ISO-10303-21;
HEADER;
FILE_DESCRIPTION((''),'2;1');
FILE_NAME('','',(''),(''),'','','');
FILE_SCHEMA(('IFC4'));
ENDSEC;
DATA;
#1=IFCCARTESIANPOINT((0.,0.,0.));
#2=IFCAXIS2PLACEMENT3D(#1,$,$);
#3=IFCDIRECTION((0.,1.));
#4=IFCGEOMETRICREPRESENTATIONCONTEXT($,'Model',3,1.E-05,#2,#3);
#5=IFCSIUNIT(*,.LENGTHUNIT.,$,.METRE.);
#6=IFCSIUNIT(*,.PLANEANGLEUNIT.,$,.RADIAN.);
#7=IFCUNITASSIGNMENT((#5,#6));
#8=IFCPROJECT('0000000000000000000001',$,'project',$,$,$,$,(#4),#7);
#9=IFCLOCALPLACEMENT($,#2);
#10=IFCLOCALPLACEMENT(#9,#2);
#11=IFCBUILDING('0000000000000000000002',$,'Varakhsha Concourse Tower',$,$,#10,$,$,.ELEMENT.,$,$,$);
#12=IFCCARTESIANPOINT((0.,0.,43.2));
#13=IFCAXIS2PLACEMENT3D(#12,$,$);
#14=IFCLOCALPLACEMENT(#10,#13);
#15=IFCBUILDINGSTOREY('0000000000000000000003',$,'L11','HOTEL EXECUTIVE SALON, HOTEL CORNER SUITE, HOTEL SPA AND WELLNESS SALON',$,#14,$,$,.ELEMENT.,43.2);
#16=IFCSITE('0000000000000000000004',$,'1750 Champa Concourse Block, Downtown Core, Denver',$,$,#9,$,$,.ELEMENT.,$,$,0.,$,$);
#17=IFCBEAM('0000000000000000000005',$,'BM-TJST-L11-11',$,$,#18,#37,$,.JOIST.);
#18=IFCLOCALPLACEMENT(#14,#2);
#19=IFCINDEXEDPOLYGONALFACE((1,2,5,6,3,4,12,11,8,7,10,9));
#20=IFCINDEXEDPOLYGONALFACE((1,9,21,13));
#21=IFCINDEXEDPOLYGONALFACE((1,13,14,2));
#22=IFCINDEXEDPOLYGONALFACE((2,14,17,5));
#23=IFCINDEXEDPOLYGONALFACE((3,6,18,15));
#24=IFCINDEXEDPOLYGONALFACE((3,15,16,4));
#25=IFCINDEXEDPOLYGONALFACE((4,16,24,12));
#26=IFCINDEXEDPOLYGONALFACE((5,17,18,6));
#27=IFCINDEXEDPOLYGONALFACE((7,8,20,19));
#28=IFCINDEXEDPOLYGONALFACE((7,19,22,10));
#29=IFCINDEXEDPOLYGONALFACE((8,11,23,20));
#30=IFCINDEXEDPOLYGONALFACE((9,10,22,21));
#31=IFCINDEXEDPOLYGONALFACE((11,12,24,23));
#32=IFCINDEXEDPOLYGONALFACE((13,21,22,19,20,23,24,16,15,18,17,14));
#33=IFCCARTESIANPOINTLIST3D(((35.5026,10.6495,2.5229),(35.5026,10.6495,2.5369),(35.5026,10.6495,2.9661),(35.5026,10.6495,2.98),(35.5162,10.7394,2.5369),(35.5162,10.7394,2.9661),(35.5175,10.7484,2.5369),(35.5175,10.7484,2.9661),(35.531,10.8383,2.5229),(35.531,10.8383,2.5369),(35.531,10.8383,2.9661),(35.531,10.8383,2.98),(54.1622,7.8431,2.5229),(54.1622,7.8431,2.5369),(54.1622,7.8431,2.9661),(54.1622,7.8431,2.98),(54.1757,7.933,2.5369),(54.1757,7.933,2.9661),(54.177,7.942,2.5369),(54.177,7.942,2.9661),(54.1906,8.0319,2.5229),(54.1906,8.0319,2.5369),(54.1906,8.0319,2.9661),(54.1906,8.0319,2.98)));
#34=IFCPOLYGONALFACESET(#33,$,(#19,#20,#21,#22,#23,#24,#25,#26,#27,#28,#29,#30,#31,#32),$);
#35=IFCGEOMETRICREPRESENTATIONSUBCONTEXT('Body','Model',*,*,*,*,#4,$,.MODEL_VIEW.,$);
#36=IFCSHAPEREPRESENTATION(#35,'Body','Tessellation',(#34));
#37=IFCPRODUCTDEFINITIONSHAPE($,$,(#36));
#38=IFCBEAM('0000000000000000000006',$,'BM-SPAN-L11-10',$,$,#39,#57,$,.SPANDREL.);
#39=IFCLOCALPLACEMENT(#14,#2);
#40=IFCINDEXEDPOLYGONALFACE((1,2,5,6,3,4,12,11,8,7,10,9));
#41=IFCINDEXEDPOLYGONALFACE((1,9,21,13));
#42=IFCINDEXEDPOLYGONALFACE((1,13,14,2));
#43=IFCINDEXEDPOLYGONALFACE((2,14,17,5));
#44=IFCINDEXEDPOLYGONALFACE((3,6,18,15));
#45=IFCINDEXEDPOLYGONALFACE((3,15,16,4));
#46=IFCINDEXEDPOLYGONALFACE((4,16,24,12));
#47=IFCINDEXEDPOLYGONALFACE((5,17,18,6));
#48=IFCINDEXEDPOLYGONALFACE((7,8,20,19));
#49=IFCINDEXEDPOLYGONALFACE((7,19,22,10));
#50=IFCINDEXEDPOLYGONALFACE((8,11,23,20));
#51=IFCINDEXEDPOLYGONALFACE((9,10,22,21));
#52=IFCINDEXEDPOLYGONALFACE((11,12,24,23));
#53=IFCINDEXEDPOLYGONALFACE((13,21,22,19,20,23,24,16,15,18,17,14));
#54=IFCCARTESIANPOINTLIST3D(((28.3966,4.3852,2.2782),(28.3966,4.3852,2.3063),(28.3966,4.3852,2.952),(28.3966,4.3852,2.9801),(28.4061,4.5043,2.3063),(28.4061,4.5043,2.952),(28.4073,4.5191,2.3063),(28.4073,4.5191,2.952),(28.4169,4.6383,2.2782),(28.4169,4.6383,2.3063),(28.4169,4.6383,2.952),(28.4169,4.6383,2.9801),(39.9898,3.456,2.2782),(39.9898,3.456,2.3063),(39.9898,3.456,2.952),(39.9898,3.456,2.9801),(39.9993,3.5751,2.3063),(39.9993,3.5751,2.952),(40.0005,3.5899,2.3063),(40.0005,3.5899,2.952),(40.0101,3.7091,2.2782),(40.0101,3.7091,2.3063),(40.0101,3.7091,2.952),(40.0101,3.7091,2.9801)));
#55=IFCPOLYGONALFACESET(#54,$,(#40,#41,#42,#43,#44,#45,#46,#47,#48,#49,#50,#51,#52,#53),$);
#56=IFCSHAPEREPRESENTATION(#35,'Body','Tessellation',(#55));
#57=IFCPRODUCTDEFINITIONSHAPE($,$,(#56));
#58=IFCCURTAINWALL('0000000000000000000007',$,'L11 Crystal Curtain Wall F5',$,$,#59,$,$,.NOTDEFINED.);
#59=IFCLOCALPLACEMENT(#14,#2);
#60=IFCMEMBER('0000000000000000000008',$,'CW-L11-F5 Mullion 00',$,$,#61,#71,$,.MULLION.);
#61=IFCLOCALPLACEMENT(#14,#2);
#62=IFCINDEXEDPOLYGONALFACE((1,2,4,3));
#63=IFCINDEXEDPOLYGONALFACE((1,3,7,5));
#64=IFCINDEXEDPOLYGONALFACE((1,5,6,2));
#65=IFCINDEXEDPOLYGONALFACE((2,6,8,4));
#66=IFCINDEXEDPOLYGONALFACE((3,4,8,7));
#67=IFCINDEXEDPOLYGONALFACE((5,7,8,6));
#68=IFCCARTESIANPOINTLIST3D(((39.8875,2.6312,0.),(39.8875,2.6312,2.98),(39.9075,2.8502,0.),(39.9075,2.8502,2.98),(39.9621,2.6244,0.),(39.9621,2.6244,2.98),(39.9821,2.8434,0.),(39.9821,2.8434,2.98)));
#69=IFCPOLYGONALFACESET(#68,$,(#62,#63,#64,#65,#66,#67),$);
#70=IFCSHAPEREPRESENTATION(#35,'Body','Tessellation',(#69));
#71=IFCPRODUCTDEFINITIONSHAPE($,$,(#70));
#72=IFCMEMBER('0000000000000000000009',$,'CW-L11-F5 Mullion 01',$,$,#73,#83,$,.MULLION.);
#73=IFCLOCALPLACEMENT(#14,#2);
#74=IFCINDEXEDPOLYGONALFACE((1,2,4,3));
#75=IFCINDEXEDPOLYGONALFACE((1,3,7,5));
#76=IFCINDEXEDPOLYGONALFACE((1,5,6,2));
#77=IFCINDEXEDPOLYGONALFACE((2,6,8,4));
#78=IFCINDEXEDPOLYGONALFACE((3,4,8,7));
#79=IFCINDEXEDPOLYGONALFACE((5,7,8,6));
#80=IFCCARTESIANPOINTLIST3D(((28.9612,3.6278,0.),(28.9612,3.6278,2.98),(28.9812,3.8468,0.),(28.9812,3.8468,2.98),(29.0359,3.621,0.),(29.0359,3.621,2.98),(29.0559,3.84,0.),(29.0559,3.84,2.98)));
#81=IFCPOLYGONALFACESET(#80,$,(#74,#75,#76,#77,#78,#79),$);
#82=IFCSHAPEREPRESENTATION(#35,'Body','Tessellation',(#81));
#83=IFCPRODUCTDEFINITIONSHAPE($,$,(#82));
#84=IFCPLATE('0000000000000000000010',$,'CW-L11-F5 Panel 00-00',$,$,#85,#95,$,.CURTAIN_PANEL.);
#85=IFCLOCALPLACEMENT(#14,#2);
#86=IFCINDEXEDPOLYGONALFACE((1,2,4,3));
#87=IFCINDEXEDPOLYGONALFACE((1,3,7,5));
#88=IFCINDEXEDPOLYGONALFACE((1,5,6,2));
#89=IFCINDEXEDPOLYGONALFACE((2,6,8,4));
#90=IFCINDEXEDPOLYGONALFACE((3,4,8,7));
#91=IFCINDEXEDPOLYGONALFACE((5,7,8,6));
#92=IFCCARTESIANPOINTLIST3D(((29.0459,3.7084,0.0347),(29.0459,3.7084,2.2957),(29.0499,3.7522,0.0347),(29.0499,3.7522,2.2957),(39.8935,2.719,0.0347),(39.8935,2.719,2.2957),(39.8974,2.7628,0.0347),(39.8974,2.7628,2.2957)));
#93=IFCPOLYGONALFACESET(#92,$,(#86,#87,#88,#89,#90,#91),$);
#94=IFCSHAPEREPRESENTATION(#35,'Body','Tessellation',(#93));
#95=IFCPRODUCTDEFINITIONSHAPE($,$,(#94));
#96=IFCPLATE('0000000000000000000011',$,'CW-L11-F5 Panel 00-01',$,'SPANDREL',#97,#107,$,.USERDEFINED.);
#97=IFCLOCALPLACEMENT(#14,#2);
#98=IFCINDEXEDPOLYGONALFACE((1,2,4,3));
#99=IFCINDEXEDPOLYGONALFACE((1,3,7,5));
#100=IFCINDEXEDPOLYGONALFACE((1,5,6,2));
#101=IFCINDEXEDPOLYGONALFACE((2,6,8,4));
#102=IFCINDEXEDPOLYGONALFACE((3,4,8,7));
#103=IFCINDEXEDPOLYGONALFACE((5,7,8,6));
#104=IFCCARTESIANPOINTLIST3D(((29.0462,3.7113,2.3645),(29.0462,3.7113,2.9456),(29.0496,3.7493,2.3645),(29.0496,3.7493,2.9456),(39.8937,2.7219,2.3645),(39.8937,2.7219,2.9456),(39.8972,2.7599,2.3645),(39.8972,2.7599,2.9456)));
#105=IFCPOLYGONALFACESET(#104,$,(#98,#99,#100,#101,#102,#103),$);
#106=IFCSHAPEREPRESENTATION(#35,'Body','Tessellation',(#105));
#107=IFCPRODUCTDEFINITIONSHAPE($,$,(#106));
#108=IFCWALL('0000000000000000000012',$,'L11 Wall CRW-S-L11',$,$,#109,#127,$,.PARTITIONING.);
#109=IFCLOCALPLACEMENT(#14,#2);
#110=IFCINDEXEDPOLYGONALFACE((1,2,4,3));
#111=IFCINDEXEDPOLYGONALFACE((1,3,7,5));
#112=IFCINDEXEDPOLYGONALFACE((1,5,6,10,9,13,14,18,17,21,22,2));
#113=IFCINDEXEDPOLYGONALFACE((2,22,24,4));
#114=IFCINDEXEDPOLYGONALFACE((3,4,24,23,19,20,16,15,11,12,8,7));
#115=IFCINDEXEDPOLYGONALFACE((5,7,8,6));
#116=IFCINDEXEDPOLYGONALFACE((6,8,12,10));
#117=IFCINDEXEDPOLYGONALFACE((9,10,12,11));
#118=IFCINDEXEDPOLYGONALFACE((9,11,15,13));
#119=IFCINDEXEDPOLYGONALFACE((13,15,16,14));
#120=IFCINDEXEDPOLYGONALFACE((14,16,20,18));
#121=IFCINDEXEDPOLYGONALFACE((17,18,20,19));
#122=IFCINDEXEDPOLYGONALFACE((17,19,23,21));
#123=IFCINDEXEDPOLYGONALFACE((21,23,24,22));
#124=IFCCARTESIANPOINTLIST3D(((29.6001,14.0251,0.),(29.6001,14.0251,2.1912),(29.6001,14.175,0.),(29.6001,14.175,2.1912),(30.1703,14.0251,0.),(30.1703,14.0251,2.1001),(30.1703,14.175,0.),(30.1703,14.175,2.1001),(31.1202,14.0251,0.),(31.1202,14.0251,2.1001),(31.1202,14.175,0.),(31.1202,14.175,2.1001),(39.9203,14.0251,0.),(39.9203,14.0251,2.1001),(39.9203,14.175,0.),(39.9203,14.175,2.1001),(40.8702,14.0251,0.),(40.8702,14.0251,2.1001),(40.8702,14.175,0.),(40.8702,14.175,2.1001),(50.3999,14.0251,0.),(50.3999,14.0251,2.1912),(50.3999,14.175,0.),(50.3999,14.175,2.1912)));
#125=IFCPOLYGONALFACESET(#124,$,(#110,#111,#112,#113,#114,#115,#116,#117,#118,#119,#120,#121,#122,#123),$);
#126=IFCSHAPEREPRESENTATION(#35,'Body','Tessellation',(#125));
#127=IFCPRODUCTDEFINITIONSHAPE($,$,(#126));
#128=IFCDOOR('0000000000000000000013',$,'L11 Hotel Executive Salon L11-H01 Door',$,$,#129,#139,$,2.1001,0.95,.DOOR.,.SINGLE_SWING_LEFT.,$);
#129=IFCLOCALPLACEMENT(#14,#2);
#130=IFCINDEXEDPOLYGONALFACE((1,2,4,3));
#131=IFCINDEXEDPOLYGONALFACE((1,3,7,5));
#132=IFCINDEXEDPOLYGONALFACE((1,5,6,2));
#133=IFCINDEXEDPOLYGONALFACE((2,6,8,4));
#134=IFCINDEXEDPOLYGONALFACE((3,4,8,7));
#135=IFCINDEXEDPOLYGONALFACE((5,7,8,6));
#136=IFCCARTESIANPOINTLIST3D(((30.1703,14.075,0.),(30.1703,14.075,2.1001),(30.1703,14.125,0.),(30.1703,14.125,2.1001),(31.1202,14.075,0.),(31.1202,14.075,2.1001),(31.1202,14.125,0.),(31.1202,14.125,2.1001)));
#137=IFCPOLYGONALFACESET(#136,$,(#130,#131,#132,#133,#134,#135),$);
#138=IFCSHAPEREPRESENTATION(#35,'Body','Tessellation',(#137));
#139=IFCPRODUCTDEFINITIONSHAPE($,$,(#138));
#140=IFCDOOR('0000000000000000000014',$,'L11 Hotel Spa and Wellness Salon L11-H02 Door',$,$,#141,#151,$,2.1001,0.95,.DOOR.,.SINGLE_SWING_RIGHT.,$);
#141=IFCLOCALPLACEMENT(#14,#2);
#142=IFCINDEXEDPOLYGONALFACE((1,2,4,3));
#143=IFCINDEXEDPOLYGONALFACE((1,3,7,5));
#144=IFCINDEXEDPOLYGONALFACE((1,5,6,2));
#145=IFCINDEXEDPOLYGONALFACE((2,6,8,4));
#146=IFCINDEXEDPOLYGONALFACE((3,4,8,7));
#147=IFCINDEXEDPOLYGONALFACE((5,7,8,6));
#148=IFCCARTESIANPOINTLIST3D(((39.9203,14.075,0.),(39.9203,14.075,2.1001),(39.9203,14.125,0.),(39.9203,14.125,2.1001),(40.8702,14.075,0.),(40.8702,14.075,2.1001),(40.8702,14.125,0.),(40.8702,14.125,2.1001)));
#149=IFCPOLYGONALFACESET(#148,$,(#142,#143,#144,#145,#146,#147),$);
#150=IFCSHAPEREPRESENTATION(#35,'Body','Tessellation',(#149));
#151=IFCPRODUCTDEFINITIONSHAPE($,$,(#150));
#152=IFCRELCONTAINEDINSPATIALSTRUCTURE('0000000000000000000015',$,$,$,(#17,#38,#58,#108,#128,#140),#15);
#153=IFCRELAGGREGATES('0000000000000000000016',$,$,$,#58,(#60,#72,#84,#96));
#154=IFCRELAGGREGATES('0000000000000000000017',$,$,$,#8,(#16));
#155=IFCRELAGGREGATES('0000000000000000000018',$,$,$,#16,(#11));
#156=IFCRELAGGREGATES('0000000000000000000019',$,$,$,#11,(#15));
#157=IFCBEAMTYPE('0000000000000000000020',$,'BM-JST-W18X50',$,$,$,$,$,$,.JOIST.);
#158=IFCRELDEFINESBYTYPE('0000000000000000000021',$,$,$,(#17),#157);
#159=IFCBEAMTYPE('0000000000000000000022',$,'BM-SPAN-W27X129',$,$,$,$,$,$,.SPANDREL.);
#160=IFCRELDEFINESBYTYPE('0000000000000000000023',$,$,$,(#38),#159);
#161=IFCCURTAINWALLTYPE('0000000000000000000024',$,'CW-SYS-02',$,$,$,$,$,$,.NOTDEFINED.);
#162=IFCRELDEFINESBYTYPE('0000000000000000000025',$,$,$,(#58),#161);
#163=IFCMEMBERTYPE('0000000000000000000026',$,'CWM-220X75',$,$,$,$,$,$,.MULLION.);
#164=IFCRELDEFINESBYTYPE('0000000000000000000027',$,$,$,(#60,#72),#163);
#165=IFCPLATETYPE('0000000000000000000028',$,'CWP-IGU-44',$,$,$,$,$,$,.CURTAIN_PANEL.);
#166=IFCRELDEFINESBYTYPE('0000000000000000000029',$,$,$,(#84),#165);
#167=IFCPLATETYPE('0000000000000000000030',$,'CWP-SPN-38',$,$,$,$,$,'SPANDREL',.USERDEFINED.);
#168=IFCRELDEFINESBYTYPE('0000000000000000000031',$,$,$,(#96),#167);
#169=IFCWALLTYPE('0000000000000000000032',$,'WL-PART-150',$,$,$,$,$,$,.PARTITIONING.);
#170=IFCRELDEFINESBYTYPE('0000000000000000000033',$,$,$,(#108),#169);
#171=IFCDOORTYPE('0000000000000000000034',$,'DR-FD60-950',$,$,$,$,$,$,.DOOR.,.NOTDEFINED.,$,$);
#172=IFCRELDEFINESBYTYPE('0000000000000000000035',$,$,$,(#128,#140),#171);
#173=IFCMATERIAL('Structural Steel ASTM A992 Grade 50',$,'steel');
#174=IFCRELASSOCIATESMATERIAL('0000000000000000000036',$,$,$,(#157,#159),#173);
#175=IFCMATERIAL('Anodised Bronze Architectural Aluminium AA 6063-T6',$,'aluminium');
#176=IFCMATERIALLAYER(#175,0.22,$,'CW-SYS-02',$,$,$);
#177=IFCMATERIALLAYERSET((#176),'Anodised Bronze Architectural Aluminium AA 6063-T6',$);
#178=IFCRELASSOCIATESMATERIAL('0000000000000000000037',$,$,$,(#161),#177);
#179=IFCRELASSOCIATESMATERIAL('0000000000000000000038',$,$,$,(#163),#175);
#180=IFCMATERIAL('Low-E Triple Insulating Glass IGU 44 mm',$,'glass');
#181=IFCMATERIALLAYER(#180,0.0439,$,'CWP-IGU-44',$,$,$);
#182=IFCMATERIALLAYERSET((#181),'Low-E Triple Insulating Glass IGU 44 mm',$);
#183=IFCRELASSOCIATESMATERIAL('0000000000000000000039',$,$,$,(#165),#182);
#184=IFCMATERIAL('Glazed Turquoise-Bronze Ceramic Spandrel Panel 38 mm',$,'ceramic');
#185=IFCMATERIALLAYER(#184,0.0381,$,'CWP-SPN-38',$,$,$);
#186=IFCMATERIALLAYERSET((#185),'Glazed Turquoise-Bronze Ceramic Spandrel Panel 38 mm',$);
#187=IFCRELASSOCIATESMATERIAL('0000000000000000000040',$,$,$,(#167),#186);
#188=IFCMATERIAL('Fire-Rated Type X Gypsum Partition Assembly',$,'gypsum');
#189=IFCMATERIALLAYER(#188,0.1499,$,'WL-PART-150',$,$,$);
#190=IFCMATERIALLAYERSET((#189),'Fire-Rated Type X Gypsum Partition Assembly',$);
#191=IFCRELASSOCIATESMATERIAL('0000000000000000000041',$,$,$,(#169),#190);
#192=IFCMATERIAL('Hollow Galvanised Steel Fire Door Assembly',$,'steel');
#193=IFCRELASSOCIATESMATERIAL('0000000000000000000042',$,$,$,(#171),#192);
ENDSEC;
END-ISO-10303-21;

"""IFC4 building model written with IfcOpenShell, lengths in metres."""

from ifc_helpers import new_model, si_unit, direction, frame, frame_2d, origin, origin_2d, place, context, subcontext, project, spatial, rectangle, i_section, extrude, source, transform, mapped, material, layer, layer_set, material_profile, profile_set, type_object, type_shapes, element, fill, aggregate, save


model = new_model("IFC4")

# Units and contexts
model_context = context("Model", 3, precision=1e-05, world=origin(), true_north=direction((0.0, 1.0)))
body_context = subcontext(model_context, "Body", "Model", "MODEL_VIEW")
ifc_project = project(units=[si_unit("LENGTHUNIT", "METRE"), si_unit("PLANEANGLEUNIT", "RADIAN")], contexts=[model_context])

# Site, building, storey
site_placement = place(None, origin())
site = spatial("IfcSite", under=ifc_project, at=site_placement, Name="1750 Champa Concourse Block, Downtown Core, Denver", CompositionType="ELEMENT", RefElevation=0.0)
building_placement = place(site_placement, origin())
building = spatial("IfcBuilding", under=site, at=building_placement, Name="Varakhsha Concourse Tower", CompositionType="ELEMENT")
storey_placement = place(building_placement, frame((0.0, 0.0, 43.2)))
storey = spatial("IfcBuildingStorey", under=building, at=storey_placement, Name="L11", Description="HOTEL EXECUTIVE SALON, HOTEL CORNER SUITE, HOTEL SPA AND WELLNESS SALON", CompositionType="ELEMENT", Elevation=43.2)

# Shared definitions
ifc_material_1 = material(Name="Structural Steel ASTM A992 Grade 50", Category="steel")

# Beams
ifc_material_profile_1 = material_profile(ifc_material_1, i_section(OverallWidth=0.1909, OverallDepth=0.457, WebThickness=0.009, FlangeThickness=0.0139, at=origin_2d()), Name="W18X50")
ifc_profile_set_1 = profile_set([ifc_material_profile_1], Name="Structural Steel ASTM A992 Grade 50")
beam_type_1 = type_object("IfcBeamType", Name="BM-JST-W18X50", PredefinedType="JOIST", material=ifc_profile_set_1)
beam_1_placement = place(storey_placement, frame((35.5168, 10.7439, 2.7515), z_axis=(0.988878, -0.148728, 0.0), x_axis=(0.148728, 0.988878, 0.0)))
element("IfcBeam", 1, at=beam_1_placement, inside=storey, type_object=beam_type_1, Name="BM-TJST-L11-11", PredefinedType="JOIST", context=body_context, shape_type="SweptSolid", body=[
    extrude(i_section(OverallWidth=0.1909, OverallDepth=0.457, WebThickness=0.009, FlangeThickness=0.0139, at=origin_2d()), origin(), (0.0, 0.0, 1.0), 18.8694),
])
ifc_material_profile_2 = material_profile(ifc_material_1, i_section(OverallWidth=0.2539, OverallDepth=0.7019, WebThickness=0.0149, FlangeThickness=0.0281, at=origin_2d()), Name="W27X129")
ifc_profile_set_2 = profile_set([ifc_material_profile_2], Name="Structural Steel ASTM A992 Grade 50")
beam_type_2 = type_object("IfcBeamType", Name="BM-SPAN-W27X129", PredefinedType="SPANDREL", material=ifc_profile_set_2)
beam_2_placement = place(storey_placement, frame((28.4067, 4.5117, 2.6292), z_axis=(0.996803, -0.079894, 0.0), x_axis=(0.079894, 0.996803, 0.0)))
element("IfcBeam", 2, at=beam_2_placement, inside=storey, type_object=beam_type_2, Name="BM-SPAN-L11-10", PredefinedType="SPANDREL", context=body_context, shape_type="SweptSolid", body=[
    extrude(i_section(OverallWidth=0.2539, OverallDepth=0.7019, WebThickness=0.0149, FlangeThickness=0.0281, at=origin_2d()), origin(), (0.0, 0.0, 1.0), 11.6304),
])

# Curtain wall, members, plates
ifc_material_2 = material(Name="Anodised Bronze Architectural Aluminium AA 6063-T6", Category="aluminium")
ifc_layer_1 = layer(ifc_material_2, 0.22, Name="CW-SYS-02")
ifc_layer_set_1 = layer_set([ifc_layer_1], Name="Anodised Bronze Architectural Aluminium AA 6063-T6")
curtain_wall_type = type_object("IfcCurtainWallType", Name="CW-SYS-02", PredefinedType="NOTDEFINED", material=ifc_layer_set_1)
curtain_wall_placement = place(storey_placement, origin())
curtain_wall = element("IfcCurtainWall", 3, at=curtain_wall_placement, inside=storey, type_object=curtain_wall_type, Name="L11 Crystal Curtain Wall F5", PredefinedType="NOTDEFINED")
ifc_material_profile_3 = material_profile(ifc_material_2, rectangle(XDim=0.075, YDim=0.22, at=origin_2d()), Name="CWM-220X75")
ifc_profile_set_3 = profile_set([ifc_material_profile_3], Name="Anodised Bronze Architectural Aluminium AA 6063-T6")
member_type = type_object("IfcMemberType", Name="CWM-220X75", PredefinedType="MULLION", material=ifc_profile_set_3)
shared_shape_1 = source(origin(), body_context, "Body", "SweptSolid", [
    extrude(rectangle(XDim=0.075, YDim=0.22, at=origin_2d()), origin(), (0.0, 0.0, 1.0), 2.98),
])
type_shapes(member_type, [shared_shape_1])
member_1_placement = place(storey_placement, frame((39.9348, 2.7373, 0.0), z_axis=(0.0, 0.0, 1.0), x_axis=(-0.995866, 0.090834, 0.0)))
member_1 = element("IfcMember", 4, at=member_1_placement, type_object=member_type, Name="CW-L11-F5 Mullion 00", PredefinedType="MULLION", context=body_context, shape_type="MappedRepresentation", body=[
    mapped(shared_shape_1, transform((0.0, 0.0, 0.0), scale=1.0)),
])
member_2_placement = place(storey_placement, frame((29.0085, 3.7339, 0.0), z_axis=(0.0, 0.0, 1.0), x_axis=(-0.995866, 0.090834, 0.0)))
member_2 = element("IfcMember", 5, at=member_2_placement, type_object=member_type, Name="CW-L11-F5 Mullion 01", PredefinedType="MULLION", context=body_context, shape_type="MappedRepresentation", body=[
    mapped(shared_shape_1, transform((0.0, 0.0, 0.0), scale=1.0)),
])
ifc_material_3 = material(Name="Low-E Triple Insulating Glass IGU 44 mm", Category="glass")
ifc_layer_2 = layer(ifc_material_3, 0.0439, Name="CWP-IGU-44")
ifc_layer_set_2 = layer_set([ifc_layer_2], Name="Low-E Triple Insulating Glass IGU 44 mm")
plate_type_1 = type_object("IfcPlateType", Name="CWP-IGU-44", PredefinedType="CURTAIN_PANEL", material=ifc_layer_set_2)
shared_shape_2 = source(origin(), body_context, "Body", "SweptSolid", [
    extrude(rectangle(XDim=10.8926, YDim=0.0439, at=origin_2d()), origin(), (0.0, 0.0, 1.0), 2.261),
])
type_shapes(plate_type_1, [shared_shape_2])
plate_1_placement = place(storey_placement, frame((34.4717, 3.2356, 0.0347), z_axis=(0.0, 0.0, 1.0), x_axis=(-0.995866, 0.090834, 0.0)))
plate_1 = element("IfcPlate", 6, at=plate_1_placement, type_object=plate_type_1, Name="CW-L11-F5 Panel 00-00", PredefinedType="CURTAIN_PANEL", context=body_context, shape_type="MappedRepresentation", body=[
    mapped(shared_shape_2, transform((0.0, 0.0, 0.0), scale=1.0)),
])
ifc_material_4 = material(Name="Glazed Turquoise-Bronze Ceramic Spandrel Panel 38 mm", Category="ceramic")
ifc_layer_3 = layer(ifc_material_4, 0.0381, Name="CWP-SPN-38")
ifc_layer_set_3 = layer_set([ifc_layer_3], Name="Glazed Turquoise-Bronze Ceramic Spandrel Panel 38 mm")
plate_type_2 = type_object("IfcPlateType", Name="CWP-SPN-38", ElementType="SPANDREL", PredefinedType="USERDEFINED", material=ifc_layer_set_3)
shared_shape_3 = source(origin(), body_context, "Body", "SweptSolid", [
    extrude(rectangle(XDim=10.8926, YDim=0.0381, at=origin_2d()), origin(), (0.0, 0.0, 1.0), 0.5811),
])
type_shapes(plate_type_2, [shared_shape_3])
plate_2_placement = place(storey_placement, frame((34.4717, 3.2356, 2.3645), z_axis=(0.0, 0.0, 1.0), x_axis=(-0.995866, 0.090834, 0.0)))
plate_2 = element("IfcPlate", 7, at=plate_2_placement, type_object=plate_type_2, Name="CW-L11-F5 Panel 00-01", ObjectType="SPANDREL", PredefinedType="USERDEFINED", context=body_context, shape_type="MappedRepresentation", body=[
    mapped(shared_shape_3, transform((0.0, 0.0, 0.0), scale=1.0)),
])
aggregate(curtain_wall, [member_1, member_2, plate_1, plate_2])

# Wall, openings, doors
ifc_material_5 = material(Name="Fire-Rated Type X Gypsum Partition Assembly", Category="gypsum")
ifc_layer_4 = layer(ifc_material_5, 0.1499, Name="WL-PART-150")
ifc_layer_set_4 = layer_set([ifc_layer_4], Name="Fire-Rated Type X Gypsum Partition Assembly")
wall_type = type_object("IfcWallType", Name="WL-PART-150", PredefinedType="PARTITIONING", material=ifc_layer_set_4)
wall_1_placement = place(storey_placement, frame((29.6001, 14.1001, 0.0), z_axis=(0.0, 0.0, 1.0), x_axis=(1.0, 0.0, 0.0)))
wall_1 = element("IfcWall", 8, at=wall_1_placement, inside=storey, type_object=wall_type, Name="L11 Wall CRW-S-L11", PredefinedType="PARTITIONING", context=body_context, shape_type="SweptSolid", body=[
    extrude(rectangle(XDim=20.7998, YDim=0.1499, at=frame_2d((10.3999, 0.0))), origin(), (0.0, 0.0, 1.0), 2.1912),
])
opening_1_placement = place(wall_1_placement, frame((0.5701, 0.0, 0.0)))
opening_1 = element("IfcOpeningElement", 9, at=opening_1_placement, cuts=wall_1, PredefinedType="OPENING", context=body_context, shape_type="SweptSolid", body=[
    extrude(rectangle(XDim=0.95, YDim=2.1001, at=frame_2d((0.4751, 1.05))), frame((0.0, 0.085, 0.0), z_axis=(0.0, -1.0, 0.0), x_axis=(1.0, 0.0, 0.0)), (0.0, 0.0, 1.0), 0.1699),
])
opening_2_placement = place(wall_1_placement, frame((10.3201, 0.0, 0.0)))
opening_2 = element("IfcOpeningElement", 10, at=opening_2_placement, cuts=wall_1, PredefinedType="OPENING", context=body_context, shape_type="SweptSolid", body=[
    extrude(rectangle(XDim=0.95, YDim=2.1001, at=frame_2d((0.4751, 1.05))), frame((0.0, 0.085, 0.0), z_axis=(0.0, -1.0, 0.0), x_axis=(1.0, 0.0, 0.0)), (0.0, 0.0, 1.0), 0.1699),
])
ifc_material_6 = material(Name="Hollow Galvanised Steel Fire Door Assembly", Category="steel")
door_type = type_object("IfcDoorType", Name="DR-FD60-950", OperationType="NOTDEFINED", PredefinedType="DOOR", material=ifc_material_6)
door_1_placement = place(opening_1_placement, origin())
door_1 = element("IfcDoor", 11, at=door_1_placement, inside=storey, type_object=door_type, Name="L11 Hotel Executive Salon L11-H01 Door", OperationType="SINGLE_SWING_LEFT", OverallHeight=2.1001, OverallWidth=0.95, PredefinedType="DOOR", context=body_context, shape_type="SweptSolid", body=[
    extrude(rectangle(XDim=0.95, YDim=2.1001, at=frame_2d((0.4751, 1.05))), frame((0.0, 0.0249, 0.0), z_axis=(0.0, -1.0, 0.0), x_axis=(1.0, 0.0, 0.0)), (0.0, 0.0, 1.0), 0.05),
])
fill(opening_1, door_1)
door_2_placement = place(opening_2_placement, origin())
door_2 = element("IfcDoor", 12, at=door_2_placement, inside=storey, type_object=door_type, Name="L11 Hotel Spa and Wellness Salon L11-H02 Door", OperationType="SINGLE_SWING_RIGHT", OverallHeight=2.1001, OverallWidth=0.95, PredefinedType="DOOR", context=body_context, shape_type="SweptSolid", body=[
    extrude(rectangle(XDim=0.95, YDim=2.1001, at=frame_2d((0.4751, 1.05))), frame((0.0, 0.0249, 0.0), z_axis=(0.0, -1.0, 0.0), x_axis=(1.0, 0.0, 0.0)), (0.0, 0.0, 1.0), 0.05),
])
fill(opening_2, door_2)

save(model, "model.ifc")
